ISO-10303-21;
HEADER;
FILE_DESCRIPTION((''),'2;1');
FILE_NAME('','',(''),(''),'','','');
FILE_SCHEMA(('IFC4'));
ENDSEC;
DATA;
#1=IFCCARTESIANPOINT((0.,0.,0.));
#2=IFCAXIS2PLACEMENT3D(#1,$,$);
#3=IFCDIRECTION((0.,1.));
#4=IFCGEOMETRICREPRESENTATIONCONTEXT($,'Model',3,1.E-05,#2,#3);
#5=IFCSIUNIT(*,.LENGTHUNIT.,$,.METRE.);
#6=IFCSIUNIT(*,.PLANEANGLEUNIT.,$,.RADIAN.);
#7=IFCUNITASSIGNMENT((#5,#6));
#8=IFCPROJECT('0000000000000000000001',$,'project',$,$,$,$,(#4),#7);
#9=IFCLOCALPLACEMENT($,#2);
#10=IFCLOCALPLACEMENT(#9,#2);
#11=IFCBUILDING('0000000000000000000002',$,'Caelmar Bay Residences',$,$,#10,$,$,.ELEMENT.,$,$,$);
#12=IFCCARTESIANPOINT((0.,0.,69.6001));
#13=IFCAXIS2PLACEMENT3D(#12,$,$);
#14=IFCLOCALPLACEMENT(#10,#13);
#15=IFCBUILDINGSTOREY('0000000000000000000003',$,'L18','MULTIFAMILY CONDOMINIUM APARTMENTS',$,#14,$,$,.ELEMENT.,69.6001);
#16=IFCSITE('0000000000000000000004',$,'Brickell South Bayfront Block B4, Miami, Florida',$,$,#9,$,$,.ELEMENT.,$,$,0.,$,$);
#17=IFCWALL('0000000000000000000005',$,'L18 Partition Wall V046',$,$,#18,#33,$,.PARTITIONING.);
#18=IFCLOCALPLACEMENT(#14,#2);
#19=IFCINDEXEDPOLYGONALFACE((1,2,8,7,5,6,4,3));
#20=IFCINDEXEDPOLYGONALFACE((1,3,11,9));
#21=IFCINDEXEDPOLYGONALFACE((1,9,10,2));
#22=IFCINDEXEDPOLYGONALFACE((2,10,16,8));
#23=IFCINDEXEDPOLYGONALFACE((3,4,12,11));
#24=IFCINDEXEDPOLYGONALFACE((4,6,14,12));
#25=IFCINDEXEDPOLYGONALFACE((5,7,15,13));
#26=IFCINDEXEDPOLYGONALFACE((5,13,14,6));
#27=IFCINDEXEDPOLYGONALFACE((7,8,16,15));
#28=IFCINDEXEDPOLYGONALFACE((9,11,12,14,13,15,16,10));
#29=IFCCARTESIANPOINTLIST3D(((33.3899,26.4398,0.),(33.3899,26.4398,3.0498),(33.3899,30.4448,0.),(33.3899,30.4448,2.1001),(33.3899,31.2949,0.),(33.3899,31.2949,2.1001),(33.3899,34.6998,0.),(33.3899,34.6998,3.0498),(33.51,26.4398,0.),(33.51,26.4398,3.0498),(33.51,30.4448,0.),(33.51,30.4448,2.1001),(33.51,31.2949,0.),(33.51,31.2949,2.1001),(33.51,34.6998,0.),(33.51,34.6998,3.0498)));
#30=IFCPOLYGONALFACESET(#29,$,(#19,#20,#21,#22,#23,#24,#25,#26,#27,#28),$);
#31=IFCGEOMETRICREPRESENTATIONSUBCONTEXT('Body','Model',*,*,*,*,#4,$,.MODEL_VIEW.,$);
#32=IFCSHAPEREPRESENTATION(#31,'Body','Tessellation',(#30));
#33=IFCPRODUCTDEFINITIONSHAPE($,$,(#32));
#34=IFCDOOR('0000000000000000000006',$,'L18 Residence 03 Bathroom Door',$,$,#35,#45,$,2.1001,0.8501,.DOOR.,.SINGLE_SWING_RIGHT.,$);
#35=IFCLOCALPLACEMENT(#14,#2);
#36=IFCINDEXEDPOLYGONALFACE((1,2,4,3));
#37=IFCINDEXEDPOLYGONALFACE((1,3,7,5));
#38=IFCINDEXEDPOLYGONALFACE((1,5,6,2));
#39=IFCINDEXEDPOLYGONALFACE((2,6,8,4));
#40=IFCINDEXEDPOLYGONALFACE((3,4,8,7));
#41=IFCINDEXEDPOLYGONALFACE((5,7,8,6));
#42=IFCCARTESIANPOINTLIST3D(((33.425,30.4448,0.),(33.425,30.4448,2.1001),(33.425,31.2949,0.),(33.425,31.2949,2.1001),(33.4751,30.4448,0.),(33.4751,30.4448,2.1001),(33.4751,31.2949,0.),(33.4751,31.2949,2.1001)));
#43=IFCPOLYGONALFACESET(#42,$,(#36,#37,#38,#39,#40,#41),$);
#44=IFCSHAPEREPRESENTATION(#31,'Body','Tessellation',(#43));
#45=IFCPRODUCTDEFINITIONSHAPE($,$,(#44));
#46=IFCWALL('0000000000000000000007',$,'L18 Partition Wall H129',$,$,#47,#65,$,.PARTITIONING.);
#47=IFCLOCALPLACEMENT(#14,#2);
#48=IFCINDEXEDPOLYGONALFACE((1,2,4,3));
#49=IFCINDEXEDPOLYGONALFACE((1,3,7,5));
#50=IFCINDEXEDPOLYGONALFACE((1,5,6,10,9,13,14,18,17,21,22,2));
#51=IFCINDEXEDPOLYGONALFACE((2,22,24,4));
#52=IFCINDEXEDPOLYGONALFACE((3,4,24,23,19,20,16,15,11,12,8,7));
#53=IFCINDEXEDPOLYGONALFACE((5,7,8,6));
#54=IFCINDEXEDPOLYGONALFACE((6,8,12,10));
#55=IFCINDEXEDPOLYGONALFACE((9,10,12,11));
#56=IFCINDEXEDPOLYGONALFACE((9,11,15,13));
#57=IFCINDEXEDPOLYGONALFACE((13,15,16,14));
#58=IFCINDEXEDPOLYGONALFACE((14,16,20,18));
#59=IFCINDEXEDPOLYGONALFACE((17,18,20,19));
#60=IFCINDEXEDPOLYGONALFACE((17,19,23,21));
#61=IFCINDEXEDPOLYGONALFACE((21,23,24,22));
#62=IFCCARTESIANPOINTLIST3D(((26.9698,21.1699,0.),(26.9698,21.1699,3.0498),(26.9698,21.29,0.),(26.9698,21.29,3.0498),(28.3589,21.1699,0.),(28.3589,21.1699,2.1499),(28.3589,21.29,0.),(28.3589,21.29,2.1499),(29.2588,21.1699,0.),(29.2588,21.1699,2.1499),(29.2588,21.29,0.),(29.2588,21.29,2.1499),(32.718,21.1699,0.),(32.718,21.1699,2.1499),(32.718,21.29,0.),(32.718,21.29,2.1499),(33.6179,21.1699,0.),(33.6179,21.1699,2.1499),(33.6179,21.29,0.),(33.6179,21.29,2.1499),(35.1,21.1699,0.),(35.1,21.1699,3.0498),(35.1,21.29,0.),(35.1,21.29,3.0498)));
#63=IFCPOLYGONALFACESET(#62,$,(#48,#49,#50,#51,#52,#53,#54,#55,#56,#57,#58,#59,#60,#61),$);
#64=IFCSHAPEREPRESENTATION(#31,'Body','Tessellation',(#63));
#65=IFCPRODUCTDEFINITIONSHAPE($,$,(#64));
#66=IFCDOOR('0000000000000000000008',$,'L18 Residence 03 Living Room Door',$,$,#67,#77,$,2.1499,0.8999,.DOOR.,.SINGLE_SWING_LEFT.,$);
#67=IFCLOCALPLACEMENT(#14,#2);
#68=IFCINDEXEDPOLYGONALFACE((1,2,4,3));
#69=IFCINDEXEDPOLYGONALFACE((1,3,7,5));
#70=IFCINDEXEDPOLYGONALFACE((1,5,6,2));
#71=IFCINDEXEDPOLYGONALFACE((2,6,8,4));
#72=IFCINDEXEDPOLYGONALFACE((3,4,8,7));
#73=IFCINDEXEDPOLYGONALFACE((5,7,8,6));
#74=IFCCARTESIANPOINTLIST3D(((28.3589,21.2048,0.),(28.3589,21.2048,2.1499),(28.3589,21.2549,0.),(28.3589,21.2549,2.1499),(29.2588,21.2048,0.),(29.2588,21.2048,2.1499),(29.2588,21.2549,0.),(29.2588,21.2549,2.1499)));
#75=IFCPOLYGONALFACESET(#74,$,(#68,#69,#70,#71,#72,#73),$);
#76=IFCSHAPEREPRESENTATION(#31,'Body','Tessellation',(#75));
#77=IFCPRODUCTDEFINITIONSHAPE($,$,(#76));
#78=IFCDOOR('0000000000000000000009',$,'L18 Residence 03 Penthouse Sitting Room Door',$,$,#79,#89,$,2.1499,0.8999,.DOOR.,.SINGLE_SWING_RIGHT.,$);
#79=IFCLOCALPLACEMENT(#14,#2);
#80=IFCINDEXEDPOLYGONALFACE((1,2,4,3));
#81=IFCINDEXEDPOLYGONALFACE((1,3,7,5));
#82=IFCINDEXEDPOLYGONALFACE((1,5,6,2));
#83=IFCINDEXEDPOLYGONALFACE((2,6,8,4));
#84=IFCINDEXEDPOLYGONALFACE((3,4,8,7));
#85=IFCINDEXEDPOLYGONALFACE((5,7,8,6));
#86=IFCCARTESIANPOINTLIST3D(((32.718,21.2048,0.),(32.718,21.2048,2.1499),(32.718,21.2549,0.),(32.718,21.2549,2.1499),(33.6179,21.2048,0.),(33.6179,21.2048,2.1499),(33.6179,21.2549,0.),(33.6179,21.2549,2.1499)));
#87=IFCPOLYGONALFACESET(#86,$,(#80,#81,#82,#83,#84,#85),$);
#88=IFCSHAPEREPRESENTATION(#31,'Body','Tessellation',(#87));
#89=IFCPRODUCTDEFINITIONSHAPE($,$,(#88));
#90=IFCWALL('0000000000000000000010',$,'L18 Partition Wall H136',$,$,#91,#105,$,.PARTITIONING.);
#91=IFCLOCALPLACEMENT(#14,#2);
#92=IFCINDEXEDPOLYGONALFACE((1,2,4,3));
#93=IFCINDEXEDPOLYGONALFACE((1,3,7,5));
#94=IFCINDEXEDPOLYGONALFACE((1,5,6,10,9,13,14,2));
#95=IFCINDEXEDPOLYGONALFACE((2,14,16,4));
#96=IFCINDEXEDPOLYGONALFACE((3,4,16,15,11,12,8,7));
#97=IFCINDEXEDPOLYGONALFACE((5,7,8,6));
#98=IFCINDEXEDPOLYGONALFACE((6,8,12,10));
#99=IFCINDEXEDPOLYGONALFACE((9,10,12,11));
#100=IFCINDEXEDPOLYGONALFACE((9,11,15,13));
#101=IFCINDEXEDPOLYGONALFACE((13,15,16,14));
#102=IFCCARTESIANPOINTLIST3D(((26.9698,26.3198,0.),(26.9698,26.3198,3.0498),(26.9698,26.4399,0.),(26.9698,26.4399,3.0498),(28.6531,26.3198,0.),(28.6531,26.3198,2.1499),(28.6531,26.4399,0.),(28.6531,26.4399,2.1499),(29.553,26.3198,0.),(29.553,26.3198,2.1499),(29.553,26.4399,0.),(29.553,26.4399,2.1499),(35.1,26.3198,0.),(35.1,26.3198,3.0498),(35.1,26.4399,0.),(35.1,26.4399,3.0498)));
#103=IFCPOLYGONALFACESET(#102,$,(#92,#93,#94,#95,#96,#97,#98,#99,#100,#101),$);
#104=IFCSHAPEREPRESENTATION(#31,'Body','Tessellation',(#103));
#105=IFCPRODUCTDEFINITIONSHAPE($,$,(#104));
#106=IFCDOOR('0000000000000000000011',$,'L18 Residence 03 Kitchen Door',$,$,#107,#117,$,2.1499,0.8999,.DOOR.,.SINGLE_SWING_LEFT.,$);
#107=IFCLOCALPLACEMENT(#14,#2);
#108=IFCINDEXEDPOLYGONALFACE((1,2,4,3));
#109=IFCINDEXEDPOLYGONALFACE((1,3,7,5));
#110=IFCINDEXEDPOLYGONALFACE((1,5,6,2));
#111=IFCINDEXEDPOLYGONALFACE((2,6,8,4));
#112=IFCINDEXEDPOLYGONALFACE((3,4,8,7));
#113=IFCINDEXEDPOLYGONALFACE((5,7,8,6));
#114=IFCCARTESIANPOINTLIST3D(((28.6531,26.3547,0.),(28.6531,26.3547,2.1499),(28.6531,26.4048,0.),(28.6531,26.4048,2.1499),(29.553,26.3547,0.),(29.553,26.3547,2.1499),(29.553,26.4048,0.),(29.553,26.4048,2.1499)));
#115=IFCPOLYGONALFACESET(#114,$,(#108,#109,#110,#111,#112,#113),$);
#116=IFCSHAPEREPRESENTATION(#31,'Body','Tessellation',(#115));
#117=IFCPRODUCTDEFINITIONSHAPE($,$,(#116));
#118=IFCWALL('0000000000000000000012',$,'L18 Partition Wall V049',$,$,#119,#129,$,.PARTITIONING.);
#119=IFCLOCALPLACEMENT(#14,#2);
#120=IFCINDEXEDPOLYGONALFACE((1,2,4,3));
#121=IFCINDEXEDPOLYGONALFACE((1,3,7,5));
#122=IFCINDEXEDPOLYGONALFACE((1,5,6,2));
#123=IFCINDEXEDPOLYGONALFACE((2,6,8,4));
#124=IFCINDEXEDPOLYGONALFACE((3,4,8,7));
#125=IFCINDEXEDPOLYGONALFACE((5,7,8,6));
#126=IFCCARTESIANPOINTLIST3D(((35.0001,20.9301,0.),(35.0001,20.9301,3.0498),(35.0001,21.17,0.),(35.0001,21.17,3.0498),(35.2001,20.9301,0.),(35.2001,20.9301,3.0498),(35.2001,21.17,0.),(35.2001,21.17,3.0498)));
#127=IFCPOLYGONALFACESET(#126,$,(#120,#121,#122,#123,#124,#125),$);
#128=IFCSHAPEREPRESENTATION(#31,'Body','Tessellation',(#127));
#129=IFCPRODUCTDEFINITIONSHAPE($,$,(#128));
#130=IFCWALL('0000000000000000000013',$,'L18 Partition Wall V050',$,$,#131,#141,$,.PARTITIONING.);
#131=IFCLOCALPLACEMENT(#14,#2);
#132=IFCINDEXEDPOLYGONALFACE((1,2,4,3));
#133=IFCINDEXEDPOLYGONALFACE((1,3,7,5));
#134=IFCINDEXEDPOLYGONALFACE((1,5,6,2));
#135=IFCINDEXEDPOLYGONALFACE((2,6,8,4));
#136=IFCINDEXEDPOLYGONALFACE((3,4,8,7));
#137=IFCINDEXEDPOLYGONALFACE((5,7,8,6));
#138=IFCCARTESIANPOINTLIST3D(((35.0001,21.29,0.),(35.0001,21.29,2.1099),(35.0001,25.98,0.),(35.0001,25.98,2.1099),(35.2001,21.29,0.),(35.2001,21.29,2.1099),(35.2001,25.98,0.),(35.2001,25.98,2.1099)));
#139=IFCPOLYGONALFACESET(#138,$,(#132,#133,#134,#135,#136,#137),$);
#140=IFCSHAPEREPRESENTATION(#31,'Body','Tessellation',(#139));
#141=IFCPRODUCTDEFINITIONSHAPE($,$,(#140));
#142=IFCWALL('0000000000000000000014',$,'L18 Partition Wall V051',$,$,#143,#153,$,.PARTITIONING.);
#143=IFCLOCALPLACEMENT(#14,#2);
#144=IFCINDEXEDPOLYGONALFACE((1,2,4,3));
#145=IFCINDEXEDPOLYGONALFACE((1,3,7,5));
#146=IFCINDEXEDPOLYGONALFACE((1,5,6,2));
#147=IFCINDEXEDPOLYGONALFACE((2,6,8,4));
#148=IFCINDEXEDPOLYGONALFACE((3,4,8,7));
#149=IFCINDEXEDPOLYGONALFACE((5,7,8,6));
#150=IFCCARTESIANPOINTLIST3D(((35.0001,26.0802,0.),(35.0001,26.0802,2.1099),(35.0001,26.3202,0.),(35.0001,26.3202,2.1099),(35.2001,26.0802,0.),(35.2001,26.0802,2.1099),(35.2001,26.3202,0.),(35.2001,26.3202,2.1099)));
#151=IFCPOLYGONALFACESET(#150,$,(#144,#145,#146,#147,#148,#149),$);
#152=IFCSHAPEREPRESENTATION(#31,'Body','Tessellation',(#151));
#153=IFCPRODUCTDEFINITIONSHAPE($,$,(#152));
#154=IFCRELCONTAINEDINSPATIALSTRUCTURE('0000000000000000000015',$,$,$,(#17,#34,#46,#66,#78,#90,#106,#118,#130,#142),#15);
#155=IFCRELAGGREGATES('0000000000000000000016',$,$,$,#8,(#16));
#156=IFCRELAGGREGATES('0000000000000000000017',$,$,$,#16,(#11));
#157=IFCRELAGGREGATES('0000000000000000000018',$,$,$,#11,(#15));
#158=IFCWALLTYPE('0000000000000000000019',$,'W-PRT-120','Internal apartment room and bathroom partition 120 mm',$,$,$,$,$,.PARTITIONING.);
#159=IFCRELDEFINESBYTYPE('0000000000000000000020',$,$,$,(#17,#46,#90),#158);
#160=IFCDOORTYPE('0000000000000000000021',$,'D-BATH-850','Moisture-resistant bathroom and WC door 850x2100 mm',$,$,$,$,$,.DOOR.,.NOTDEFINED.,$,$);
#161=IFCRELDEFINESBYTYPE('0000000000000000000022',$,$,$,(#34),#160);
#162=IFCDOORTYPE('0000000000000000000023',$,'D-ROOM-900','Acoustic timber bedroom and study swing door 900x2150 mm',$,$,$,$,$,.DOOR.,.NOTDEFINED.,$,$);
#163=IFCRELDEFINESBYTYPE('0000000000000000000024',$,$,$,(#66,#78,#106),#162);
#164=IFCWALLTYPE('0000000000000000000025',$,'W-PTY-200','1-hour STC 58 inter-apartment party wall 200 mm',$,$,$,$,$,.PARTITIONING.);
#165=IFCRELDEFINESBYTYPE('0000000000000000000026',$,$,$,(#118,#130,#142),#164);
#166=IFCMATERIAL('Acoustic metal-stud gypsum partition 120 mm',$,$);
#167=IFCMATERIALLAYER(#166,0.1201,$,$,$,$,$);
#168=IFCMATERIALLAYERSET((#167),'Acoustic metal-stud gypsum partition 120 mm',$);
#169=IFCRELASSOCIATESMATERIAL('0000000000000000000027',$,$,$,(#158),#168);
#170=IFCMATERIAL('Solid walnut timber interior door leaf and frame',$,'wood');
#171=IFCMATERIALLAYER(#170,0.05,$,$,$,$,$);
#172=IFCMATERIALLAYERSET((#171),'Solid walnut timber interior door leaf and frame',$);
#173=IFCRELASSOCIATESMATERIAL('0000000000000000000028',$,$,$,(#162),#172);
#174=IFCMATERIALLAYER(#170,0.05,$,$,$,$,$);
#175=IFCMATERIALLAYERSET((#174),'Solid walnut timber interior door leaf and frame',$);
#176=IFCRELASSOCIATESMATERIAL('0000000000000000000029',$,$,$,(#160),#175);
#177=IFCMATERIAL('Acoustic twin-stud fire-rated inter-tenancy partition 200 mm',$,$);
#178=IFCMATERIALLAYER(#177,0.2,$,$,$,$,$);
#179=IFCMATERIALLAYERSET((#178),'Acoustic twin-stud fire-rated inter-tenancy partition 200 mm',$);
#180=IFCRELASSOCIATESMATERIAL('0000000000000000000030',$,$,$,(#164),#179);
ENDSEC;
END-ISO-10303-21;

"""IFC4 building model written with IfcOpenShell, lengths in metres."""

from ifc_helpers import new_model, si_unit, direction, frame, frame_2d, origin, place, context, subcontext, project, spatial, rectangle, extrude, material, layer, layer_set, type_object, element, fill, save


model = new_model("IFC4")

# Units and contexts
model_context = context("Model", 3, precision=1e-05, world=origin(), true_north=direction((0.0, 1.0)))
body_context = subcontext(model_context, "Body", "Model", "MODEL_VIEW")
ifc_project = project(units=[si_unit("LENGTHUNIT", "METRE"), si_unit("PLANEANGLEUNIT", "RADIAN")], contexts=[model_context])

# Site, building, storey
site_placement = place(None, origin())
site = spatial("IfcSite", under=ifc_project, at=site_placement, Name="Brickell South Bayfront Block B4, Miami, Florida", CompositionType="ELEMENT", RefElevation=0.0)
building_placement = place(site_placement, origin())
building = spatial("IfcBuilding", under=site, at=building_placement, Name="Caelmar Bay Residences", CompositionType="ELEMENT")
storey_placement = place(building_placement, frame((0.0, 0.0, 69.6001)))
storey = spatial("IfcBuildingStorey", under=building, at=storey_placement, Name="L18", Description="MULTIFAMILY CONDOMINIUM APARTMENTS", CompositionType="ELEMENT", Elevation=69.6001)

# Shared definitions
ifc_material_1 = material(Name="Acoustic metal-stud gypsum partition 120 mm")
ifc_layer_1 = layer(ifc_material_1, 0.1201)
ifc_layer_set_1 = layer_set([ifc_layer_1], Name="Acoustic metal-stud gypsum partition 120 mm")
wall_type_1 = type_object("IfcWallType", Name="W-PRT-120", Description="Internal apartment room and bathroom partition 120 mm", PredefinedType="PARTITIONING", material=ifc_layer_set_1)

# Shared definitions
ifc_material_2 = material(Name="Solid walnut timber interior door leaf and frame", Category="wood")
ifc_layer_2 = layer(ifc_material_2, 0.05)
ifc_layer_set_2 = layer_set([ifc_layer_2], Name="Solid walnut timber interior door leaf and frame")
door_type_1 = type_object("IfcDoorType", Name="D-ROOM-900", Description="Acoustic timber bedroom and study swing door 900x2150 mm", OperationType="NOTDEFINED", PredefinedType="DOOR", material=ifc_layer_set_2)

# Wall, opening, door
wall_1_placement = place(storey_placement, frame((33.45, 26.4399, 0.0), z_axis=(0.0, 0.0, 1.0), x_axis=(0.0, 1.0, 0.0)))
wall_1 = element("IfcWall", 1, at=wall_1_placement, inside=storey, type_object=wall_type_1, Name="L18 Partition Wall V046", PredefinedType="PARTITIONING", context=body_context, shape_type="SweptSolid", body=[
    extrude(rectangle(XDim=8.26, YDim=0.1201, at=frame_2d((4.1299, 0.0))), origin(), (0.0, 0.0, 1.0), 3.0498),
])
opening_1_placement = place(wall_1_placement, frame((4.0049, 0.0, 0.0)))
opening_1 = element("IfcOpeningElement", 2, at=opening_1_placement, cuts=wall_1, PredefinedType="OPENING", context=body_context, shape_type="SweptSolid", body=[
    extrude(rectangle(XDim=0.8501, YDim=2.1001, at=frame_2d((0.425, 1.05))), frame((0.0, 0.0701, 0.0), z_axis=(0.0, -1.0, 0.0), x_axis=(1.0, 0.0, 0.0)), (0.0, 0.0, 1.0), 0.1401),
])
ifc_layer_3 = layer(ifc_material_2, 0.05)
ifc_layer_set_3 = layer_set([ifc_layer_3], Name="Solid walnut timber interior door leaf and frame")
door_type_2 = type_object("IfcDoorType", Name="D-BATH-850", Description="Moisture-resistant bathroom and WC door 850x2100 mm", OperationType="NOTDEFINED", PredefinedType="DOOR", material=ifc_layer_set_3)
door_1_placement = place(opening_1_placement, origin())
door_1 = element("IfcDoor", 3, at=door_1_placement, inside=storey, type_object=door_type_2, Name="L18 Residence 03 Bathroom Door", OperationType="SINGLE_SWING_RIGHT", OverallHeight=2.1001, OverallWidth=0.8501, PredefinedType="DOOR", context=body_context, shape_type="SweptSolid", body=[
    extrude(rectangle(XDim=0.8501, YDim=2.1001, at=frame_2d((0.425, 1.05))), frame((0.0, 0.0249, 0.0), z_axis=(0.0, -1.0, 0.0), x_axis=(1.0, 0.0, 0.0)), (0.0, 0.0, 1.0), 0.05),
])
fill(opening_1, door_1)

# Wall, openings, doors
wall_2_placement = place(storey_placement, frame((26.97, 21.23, 0.0), z_axis=(0.0, 0.0, 1.0), x_axis=(1.0, 0.0, 0.0)))
wall_2 = element("IfcWall", 4, at=wall_2_placement, inside=storey, type_object=wall_type_1, Name="L18 Partition Wall H129", PredefinedType="PARTITIONING", context=body_context, shape_type="SweptSolid", body=[
    extrude(rectangle(XDim=8.1301, YDim=0.1201, at=frame_2d((4.0649, 0.0))), origin(), (0.0, 0.0, 1.0), 3.0498),
])
opening_2_placement = place(wall_2_placement, frame((1.3889, 0.0, 0.0)))
opening_2 = element("IfcOpeningElement", 5, at=opening_2_placement, cuts=wall_2, PredefinedType="OPENING", context=body_context, shape_type="SweptSolid", body=[
    extrude(rectangle(XDim=0.8999, YDim=2.1499, at=frame_2d((0.45, 1.075))), frame((0.0, 0.0701, 0.0), z_axis=(0.0, -1.0, 0.0), x_axis=(1.0, 0.0, 0.0)), (0.0, 0.0, 1.0), 0.1401),
])
opening_3_placement = place(wall_2_placement, frame((5.748, 0.0, 0.0)))
opening_3 = element("IfcOpeningElement", 6, at=opening_3_placement, cuts=wall_2, PredefinedType="OPENING", context=body_context, shape_type="SweptSolid", body=[
    extrude(rectangle(XDim=0.8999, YDim=2.1499, at=frame_2d((0.45, 1.075))), frame((0.0, 0.0701, 0.0), z_axis=(0.0, -1.0, 0.0), x_axis=(1.0, 0.0, 0.0)), (0.0, 0.0, 1.0), 0.1401),
])
door_2_placement = place(opening_2_placement, origin())
door_2 = element("IfcDoor", 7, at=door_2_placement, inside=storey, type_object=door_type_1, Name="L18 Residence 03 Living Room Door", OperationType="SINGLE_SWING_LEFT", OverallHeight=2.1499, OverallWidth=0.8999, PredefinedType="DOOR", context=body_context, shape_type="SweptSolid", body=[
    extrude(rectangle(XDim=0.8999, YDim=2.1499, at=frame_2d((0.45, 1.075))), frame((0.0, 0.0249, 0.0), z_axis=(0.0, -1.0, 0.0), x_axis=(1.0, 0.0, 0.0)), (0.0, 0.0, 1.0), 0.05),
])
fill(opening_2, door_2)
door_3_placement = place(opening_3_placement, origin())
door_3 = element("IfcDoor", 8, at=door_3_placement, inside=storey, type_object=door_type_1, Name="L18 Residence 03 Penthouse Sitting Room Door", OperationType="SINGLE_SWING_RIGHT", OverallHeight=2.1499, OverallWidth=0.8999, PredefinedType="DOOR", context=body_context, shape_type="SweptSolid", body=[
    extrude(rectangle(XDim=0.8999, YDim=2.1499, at=frame_2d((0.45, 1.075))), frame((0.0, 0.0249, 0.0), z_axis=(0.0, -1.0, 0.0), x_axis=(1.0, 0.0, 0.0)), (0.0, 0.0, 1.0), 0.05),
])
fill(opening_3, door_3)

# Wall, opening, door
wall_3_placement = place(storey_placement, frame((26.97, 26.3799, 0.0), z_axis=(0.0, 0.0, 1.0), x_axis=(1.0, 0.0, 0.0)))
wall_3 = element("IfcWall", 9, at=wall_3_placement, inside=storey, type_object=wall_type_1, Name="L18 Partition Wall H136", PredefinedType="PARTITIONING", context=body_context, shape_type="SweptSolid", body=[
    extrude(rectangle(XDim=8.1301, YDim=0.1201, at=frame_2d((4.0649, 0.0))), origin(), (0.0, 0.0, 1.0), 3.0498),
])
opening_4_placement = place(wall_3_placement, frame((1.6831, 0.0, 0.0)))
opening_4 = element("IfcOpeningElement", 10, at=opening_4_placement, cuts=wall_3, PredefinedType="OPENING", context=body_context, shape_type="SweptSolid", body=[
    extrude(rectangle(XDim=0.8999, YDim=2.1499, at=frame_2d((0.45, 1.075))), frame((0.0, 0.0701, 0.0), z_axis=(0.0, -1.0, 0.0), x_axis=(1.0, 0.0, 0.0)), (0.0, 0.0, 1.0), 0.1401),
])
door_4_placement = place(opening_4_placement, origin())
door_4 = element("IfcDoor", 11, at=door_4_placement, inside=storey, type_object=door_type_1, Name="L18 Residence 03 Kitchen Door", OperationType="SINGLE_SWING_LEFT", OverallHeight=2.1499, OverallWidth=0.8999, PredefinedType="DOOR", context=body_context, shape_type="SweptSolid", body=[
    extrude(rectangle(XDim=0.8999, YDim=2.1499, at=frame_2d((0.45, 1.075))), frame((0.0, 0.0249, 0.0), z_axis=(0.0, -1.0, 0.0), x_axis=(1.0, 0.0, 0.0)), (0.0, 0.0, 1.0), 0.05),
])
fill(opening_4, door_4)

# Walls
ifc_material_3 = material(Name="Acoustic twin-stud fire-rated inter-tenancy partition 200 mm")
ifc_layer_4 = layer(ifc_material_3, 0.2)
ifc_layer_set_4 = layer_set([ifc_layer_4], Name="Acoustic twin-stud fire-rated inter-tenancy partition 200 mm")
wall_type_2 = type_object("IfcWallType", Name="W-PTY-200", Description="1-hour STC 58 inter-apartment party wall 200 mm", PredefinedType="PARTITIONING", material=ifc_layer_set_4)
wall_4_placement = place(storey_placement, frame((35.1001, 20.9299, 0.0), z_axis=(0.0, 0.0, 1.0), x_axis=(0.0, 1.0, 0.0)))
element("IfcWall", 12, at=wall_4_placement, inside=storey, type_object=wall_type_2, Name="L18 Partition Wall V049", PredefinedType="PARTITIONING", context=body_context, shape_type="SweptSolid", body=[
    extrude(rectangle(XDim=0.24, YDim=0.2, at=frame_2d((0.1201, 0.0))), origin(), (0.0, 0.0, 1.0), 3.0498),
])
wall_5_placement = place(storey_placement, frame((35.1001, 21.29, 0.0), z_axis=(0.0, 0.0, 1.0), x_axis=(0.0, 1.0, 0.0)))
element("IfcWall", 13, at=wall_5_placement, inside=storey, type_object=wall_type_2, Name="L18 Partition Wall V050", PredefinedType="PARTITIONING", context=body_context, shape_type="SweptSolid", body=[
    extrude(rectangle(XDim=4.6899, YDim=0.2, at=frame_2d((2.345, 0.0))), origin(), (0.0, 0.0, 1.0), 2.1099),
])
wall_6_placement = place(storey_placement, frame((35.1001, 26.0801, 0.0), z_axis=(0.0, 0.0, 1.0), x_axis=(0.0, 1.0, 0.0)))
element("IfcWall", 14, at=wall_6_placement, inside=storey, type_object=wall_type_2, Name="L18 Partition Wall V051", PredefinedType="PARTITIONING", context=body_context, shape_type="SweptSolid", body=[
    extrude(rectangle(XDim=0.24, YDim=0.2, at=frame_2d((0.1201, 0.0))), origin(), (0.0, 0.0, 1.0), 2.1099),
])

save(model, "model.ifc")
